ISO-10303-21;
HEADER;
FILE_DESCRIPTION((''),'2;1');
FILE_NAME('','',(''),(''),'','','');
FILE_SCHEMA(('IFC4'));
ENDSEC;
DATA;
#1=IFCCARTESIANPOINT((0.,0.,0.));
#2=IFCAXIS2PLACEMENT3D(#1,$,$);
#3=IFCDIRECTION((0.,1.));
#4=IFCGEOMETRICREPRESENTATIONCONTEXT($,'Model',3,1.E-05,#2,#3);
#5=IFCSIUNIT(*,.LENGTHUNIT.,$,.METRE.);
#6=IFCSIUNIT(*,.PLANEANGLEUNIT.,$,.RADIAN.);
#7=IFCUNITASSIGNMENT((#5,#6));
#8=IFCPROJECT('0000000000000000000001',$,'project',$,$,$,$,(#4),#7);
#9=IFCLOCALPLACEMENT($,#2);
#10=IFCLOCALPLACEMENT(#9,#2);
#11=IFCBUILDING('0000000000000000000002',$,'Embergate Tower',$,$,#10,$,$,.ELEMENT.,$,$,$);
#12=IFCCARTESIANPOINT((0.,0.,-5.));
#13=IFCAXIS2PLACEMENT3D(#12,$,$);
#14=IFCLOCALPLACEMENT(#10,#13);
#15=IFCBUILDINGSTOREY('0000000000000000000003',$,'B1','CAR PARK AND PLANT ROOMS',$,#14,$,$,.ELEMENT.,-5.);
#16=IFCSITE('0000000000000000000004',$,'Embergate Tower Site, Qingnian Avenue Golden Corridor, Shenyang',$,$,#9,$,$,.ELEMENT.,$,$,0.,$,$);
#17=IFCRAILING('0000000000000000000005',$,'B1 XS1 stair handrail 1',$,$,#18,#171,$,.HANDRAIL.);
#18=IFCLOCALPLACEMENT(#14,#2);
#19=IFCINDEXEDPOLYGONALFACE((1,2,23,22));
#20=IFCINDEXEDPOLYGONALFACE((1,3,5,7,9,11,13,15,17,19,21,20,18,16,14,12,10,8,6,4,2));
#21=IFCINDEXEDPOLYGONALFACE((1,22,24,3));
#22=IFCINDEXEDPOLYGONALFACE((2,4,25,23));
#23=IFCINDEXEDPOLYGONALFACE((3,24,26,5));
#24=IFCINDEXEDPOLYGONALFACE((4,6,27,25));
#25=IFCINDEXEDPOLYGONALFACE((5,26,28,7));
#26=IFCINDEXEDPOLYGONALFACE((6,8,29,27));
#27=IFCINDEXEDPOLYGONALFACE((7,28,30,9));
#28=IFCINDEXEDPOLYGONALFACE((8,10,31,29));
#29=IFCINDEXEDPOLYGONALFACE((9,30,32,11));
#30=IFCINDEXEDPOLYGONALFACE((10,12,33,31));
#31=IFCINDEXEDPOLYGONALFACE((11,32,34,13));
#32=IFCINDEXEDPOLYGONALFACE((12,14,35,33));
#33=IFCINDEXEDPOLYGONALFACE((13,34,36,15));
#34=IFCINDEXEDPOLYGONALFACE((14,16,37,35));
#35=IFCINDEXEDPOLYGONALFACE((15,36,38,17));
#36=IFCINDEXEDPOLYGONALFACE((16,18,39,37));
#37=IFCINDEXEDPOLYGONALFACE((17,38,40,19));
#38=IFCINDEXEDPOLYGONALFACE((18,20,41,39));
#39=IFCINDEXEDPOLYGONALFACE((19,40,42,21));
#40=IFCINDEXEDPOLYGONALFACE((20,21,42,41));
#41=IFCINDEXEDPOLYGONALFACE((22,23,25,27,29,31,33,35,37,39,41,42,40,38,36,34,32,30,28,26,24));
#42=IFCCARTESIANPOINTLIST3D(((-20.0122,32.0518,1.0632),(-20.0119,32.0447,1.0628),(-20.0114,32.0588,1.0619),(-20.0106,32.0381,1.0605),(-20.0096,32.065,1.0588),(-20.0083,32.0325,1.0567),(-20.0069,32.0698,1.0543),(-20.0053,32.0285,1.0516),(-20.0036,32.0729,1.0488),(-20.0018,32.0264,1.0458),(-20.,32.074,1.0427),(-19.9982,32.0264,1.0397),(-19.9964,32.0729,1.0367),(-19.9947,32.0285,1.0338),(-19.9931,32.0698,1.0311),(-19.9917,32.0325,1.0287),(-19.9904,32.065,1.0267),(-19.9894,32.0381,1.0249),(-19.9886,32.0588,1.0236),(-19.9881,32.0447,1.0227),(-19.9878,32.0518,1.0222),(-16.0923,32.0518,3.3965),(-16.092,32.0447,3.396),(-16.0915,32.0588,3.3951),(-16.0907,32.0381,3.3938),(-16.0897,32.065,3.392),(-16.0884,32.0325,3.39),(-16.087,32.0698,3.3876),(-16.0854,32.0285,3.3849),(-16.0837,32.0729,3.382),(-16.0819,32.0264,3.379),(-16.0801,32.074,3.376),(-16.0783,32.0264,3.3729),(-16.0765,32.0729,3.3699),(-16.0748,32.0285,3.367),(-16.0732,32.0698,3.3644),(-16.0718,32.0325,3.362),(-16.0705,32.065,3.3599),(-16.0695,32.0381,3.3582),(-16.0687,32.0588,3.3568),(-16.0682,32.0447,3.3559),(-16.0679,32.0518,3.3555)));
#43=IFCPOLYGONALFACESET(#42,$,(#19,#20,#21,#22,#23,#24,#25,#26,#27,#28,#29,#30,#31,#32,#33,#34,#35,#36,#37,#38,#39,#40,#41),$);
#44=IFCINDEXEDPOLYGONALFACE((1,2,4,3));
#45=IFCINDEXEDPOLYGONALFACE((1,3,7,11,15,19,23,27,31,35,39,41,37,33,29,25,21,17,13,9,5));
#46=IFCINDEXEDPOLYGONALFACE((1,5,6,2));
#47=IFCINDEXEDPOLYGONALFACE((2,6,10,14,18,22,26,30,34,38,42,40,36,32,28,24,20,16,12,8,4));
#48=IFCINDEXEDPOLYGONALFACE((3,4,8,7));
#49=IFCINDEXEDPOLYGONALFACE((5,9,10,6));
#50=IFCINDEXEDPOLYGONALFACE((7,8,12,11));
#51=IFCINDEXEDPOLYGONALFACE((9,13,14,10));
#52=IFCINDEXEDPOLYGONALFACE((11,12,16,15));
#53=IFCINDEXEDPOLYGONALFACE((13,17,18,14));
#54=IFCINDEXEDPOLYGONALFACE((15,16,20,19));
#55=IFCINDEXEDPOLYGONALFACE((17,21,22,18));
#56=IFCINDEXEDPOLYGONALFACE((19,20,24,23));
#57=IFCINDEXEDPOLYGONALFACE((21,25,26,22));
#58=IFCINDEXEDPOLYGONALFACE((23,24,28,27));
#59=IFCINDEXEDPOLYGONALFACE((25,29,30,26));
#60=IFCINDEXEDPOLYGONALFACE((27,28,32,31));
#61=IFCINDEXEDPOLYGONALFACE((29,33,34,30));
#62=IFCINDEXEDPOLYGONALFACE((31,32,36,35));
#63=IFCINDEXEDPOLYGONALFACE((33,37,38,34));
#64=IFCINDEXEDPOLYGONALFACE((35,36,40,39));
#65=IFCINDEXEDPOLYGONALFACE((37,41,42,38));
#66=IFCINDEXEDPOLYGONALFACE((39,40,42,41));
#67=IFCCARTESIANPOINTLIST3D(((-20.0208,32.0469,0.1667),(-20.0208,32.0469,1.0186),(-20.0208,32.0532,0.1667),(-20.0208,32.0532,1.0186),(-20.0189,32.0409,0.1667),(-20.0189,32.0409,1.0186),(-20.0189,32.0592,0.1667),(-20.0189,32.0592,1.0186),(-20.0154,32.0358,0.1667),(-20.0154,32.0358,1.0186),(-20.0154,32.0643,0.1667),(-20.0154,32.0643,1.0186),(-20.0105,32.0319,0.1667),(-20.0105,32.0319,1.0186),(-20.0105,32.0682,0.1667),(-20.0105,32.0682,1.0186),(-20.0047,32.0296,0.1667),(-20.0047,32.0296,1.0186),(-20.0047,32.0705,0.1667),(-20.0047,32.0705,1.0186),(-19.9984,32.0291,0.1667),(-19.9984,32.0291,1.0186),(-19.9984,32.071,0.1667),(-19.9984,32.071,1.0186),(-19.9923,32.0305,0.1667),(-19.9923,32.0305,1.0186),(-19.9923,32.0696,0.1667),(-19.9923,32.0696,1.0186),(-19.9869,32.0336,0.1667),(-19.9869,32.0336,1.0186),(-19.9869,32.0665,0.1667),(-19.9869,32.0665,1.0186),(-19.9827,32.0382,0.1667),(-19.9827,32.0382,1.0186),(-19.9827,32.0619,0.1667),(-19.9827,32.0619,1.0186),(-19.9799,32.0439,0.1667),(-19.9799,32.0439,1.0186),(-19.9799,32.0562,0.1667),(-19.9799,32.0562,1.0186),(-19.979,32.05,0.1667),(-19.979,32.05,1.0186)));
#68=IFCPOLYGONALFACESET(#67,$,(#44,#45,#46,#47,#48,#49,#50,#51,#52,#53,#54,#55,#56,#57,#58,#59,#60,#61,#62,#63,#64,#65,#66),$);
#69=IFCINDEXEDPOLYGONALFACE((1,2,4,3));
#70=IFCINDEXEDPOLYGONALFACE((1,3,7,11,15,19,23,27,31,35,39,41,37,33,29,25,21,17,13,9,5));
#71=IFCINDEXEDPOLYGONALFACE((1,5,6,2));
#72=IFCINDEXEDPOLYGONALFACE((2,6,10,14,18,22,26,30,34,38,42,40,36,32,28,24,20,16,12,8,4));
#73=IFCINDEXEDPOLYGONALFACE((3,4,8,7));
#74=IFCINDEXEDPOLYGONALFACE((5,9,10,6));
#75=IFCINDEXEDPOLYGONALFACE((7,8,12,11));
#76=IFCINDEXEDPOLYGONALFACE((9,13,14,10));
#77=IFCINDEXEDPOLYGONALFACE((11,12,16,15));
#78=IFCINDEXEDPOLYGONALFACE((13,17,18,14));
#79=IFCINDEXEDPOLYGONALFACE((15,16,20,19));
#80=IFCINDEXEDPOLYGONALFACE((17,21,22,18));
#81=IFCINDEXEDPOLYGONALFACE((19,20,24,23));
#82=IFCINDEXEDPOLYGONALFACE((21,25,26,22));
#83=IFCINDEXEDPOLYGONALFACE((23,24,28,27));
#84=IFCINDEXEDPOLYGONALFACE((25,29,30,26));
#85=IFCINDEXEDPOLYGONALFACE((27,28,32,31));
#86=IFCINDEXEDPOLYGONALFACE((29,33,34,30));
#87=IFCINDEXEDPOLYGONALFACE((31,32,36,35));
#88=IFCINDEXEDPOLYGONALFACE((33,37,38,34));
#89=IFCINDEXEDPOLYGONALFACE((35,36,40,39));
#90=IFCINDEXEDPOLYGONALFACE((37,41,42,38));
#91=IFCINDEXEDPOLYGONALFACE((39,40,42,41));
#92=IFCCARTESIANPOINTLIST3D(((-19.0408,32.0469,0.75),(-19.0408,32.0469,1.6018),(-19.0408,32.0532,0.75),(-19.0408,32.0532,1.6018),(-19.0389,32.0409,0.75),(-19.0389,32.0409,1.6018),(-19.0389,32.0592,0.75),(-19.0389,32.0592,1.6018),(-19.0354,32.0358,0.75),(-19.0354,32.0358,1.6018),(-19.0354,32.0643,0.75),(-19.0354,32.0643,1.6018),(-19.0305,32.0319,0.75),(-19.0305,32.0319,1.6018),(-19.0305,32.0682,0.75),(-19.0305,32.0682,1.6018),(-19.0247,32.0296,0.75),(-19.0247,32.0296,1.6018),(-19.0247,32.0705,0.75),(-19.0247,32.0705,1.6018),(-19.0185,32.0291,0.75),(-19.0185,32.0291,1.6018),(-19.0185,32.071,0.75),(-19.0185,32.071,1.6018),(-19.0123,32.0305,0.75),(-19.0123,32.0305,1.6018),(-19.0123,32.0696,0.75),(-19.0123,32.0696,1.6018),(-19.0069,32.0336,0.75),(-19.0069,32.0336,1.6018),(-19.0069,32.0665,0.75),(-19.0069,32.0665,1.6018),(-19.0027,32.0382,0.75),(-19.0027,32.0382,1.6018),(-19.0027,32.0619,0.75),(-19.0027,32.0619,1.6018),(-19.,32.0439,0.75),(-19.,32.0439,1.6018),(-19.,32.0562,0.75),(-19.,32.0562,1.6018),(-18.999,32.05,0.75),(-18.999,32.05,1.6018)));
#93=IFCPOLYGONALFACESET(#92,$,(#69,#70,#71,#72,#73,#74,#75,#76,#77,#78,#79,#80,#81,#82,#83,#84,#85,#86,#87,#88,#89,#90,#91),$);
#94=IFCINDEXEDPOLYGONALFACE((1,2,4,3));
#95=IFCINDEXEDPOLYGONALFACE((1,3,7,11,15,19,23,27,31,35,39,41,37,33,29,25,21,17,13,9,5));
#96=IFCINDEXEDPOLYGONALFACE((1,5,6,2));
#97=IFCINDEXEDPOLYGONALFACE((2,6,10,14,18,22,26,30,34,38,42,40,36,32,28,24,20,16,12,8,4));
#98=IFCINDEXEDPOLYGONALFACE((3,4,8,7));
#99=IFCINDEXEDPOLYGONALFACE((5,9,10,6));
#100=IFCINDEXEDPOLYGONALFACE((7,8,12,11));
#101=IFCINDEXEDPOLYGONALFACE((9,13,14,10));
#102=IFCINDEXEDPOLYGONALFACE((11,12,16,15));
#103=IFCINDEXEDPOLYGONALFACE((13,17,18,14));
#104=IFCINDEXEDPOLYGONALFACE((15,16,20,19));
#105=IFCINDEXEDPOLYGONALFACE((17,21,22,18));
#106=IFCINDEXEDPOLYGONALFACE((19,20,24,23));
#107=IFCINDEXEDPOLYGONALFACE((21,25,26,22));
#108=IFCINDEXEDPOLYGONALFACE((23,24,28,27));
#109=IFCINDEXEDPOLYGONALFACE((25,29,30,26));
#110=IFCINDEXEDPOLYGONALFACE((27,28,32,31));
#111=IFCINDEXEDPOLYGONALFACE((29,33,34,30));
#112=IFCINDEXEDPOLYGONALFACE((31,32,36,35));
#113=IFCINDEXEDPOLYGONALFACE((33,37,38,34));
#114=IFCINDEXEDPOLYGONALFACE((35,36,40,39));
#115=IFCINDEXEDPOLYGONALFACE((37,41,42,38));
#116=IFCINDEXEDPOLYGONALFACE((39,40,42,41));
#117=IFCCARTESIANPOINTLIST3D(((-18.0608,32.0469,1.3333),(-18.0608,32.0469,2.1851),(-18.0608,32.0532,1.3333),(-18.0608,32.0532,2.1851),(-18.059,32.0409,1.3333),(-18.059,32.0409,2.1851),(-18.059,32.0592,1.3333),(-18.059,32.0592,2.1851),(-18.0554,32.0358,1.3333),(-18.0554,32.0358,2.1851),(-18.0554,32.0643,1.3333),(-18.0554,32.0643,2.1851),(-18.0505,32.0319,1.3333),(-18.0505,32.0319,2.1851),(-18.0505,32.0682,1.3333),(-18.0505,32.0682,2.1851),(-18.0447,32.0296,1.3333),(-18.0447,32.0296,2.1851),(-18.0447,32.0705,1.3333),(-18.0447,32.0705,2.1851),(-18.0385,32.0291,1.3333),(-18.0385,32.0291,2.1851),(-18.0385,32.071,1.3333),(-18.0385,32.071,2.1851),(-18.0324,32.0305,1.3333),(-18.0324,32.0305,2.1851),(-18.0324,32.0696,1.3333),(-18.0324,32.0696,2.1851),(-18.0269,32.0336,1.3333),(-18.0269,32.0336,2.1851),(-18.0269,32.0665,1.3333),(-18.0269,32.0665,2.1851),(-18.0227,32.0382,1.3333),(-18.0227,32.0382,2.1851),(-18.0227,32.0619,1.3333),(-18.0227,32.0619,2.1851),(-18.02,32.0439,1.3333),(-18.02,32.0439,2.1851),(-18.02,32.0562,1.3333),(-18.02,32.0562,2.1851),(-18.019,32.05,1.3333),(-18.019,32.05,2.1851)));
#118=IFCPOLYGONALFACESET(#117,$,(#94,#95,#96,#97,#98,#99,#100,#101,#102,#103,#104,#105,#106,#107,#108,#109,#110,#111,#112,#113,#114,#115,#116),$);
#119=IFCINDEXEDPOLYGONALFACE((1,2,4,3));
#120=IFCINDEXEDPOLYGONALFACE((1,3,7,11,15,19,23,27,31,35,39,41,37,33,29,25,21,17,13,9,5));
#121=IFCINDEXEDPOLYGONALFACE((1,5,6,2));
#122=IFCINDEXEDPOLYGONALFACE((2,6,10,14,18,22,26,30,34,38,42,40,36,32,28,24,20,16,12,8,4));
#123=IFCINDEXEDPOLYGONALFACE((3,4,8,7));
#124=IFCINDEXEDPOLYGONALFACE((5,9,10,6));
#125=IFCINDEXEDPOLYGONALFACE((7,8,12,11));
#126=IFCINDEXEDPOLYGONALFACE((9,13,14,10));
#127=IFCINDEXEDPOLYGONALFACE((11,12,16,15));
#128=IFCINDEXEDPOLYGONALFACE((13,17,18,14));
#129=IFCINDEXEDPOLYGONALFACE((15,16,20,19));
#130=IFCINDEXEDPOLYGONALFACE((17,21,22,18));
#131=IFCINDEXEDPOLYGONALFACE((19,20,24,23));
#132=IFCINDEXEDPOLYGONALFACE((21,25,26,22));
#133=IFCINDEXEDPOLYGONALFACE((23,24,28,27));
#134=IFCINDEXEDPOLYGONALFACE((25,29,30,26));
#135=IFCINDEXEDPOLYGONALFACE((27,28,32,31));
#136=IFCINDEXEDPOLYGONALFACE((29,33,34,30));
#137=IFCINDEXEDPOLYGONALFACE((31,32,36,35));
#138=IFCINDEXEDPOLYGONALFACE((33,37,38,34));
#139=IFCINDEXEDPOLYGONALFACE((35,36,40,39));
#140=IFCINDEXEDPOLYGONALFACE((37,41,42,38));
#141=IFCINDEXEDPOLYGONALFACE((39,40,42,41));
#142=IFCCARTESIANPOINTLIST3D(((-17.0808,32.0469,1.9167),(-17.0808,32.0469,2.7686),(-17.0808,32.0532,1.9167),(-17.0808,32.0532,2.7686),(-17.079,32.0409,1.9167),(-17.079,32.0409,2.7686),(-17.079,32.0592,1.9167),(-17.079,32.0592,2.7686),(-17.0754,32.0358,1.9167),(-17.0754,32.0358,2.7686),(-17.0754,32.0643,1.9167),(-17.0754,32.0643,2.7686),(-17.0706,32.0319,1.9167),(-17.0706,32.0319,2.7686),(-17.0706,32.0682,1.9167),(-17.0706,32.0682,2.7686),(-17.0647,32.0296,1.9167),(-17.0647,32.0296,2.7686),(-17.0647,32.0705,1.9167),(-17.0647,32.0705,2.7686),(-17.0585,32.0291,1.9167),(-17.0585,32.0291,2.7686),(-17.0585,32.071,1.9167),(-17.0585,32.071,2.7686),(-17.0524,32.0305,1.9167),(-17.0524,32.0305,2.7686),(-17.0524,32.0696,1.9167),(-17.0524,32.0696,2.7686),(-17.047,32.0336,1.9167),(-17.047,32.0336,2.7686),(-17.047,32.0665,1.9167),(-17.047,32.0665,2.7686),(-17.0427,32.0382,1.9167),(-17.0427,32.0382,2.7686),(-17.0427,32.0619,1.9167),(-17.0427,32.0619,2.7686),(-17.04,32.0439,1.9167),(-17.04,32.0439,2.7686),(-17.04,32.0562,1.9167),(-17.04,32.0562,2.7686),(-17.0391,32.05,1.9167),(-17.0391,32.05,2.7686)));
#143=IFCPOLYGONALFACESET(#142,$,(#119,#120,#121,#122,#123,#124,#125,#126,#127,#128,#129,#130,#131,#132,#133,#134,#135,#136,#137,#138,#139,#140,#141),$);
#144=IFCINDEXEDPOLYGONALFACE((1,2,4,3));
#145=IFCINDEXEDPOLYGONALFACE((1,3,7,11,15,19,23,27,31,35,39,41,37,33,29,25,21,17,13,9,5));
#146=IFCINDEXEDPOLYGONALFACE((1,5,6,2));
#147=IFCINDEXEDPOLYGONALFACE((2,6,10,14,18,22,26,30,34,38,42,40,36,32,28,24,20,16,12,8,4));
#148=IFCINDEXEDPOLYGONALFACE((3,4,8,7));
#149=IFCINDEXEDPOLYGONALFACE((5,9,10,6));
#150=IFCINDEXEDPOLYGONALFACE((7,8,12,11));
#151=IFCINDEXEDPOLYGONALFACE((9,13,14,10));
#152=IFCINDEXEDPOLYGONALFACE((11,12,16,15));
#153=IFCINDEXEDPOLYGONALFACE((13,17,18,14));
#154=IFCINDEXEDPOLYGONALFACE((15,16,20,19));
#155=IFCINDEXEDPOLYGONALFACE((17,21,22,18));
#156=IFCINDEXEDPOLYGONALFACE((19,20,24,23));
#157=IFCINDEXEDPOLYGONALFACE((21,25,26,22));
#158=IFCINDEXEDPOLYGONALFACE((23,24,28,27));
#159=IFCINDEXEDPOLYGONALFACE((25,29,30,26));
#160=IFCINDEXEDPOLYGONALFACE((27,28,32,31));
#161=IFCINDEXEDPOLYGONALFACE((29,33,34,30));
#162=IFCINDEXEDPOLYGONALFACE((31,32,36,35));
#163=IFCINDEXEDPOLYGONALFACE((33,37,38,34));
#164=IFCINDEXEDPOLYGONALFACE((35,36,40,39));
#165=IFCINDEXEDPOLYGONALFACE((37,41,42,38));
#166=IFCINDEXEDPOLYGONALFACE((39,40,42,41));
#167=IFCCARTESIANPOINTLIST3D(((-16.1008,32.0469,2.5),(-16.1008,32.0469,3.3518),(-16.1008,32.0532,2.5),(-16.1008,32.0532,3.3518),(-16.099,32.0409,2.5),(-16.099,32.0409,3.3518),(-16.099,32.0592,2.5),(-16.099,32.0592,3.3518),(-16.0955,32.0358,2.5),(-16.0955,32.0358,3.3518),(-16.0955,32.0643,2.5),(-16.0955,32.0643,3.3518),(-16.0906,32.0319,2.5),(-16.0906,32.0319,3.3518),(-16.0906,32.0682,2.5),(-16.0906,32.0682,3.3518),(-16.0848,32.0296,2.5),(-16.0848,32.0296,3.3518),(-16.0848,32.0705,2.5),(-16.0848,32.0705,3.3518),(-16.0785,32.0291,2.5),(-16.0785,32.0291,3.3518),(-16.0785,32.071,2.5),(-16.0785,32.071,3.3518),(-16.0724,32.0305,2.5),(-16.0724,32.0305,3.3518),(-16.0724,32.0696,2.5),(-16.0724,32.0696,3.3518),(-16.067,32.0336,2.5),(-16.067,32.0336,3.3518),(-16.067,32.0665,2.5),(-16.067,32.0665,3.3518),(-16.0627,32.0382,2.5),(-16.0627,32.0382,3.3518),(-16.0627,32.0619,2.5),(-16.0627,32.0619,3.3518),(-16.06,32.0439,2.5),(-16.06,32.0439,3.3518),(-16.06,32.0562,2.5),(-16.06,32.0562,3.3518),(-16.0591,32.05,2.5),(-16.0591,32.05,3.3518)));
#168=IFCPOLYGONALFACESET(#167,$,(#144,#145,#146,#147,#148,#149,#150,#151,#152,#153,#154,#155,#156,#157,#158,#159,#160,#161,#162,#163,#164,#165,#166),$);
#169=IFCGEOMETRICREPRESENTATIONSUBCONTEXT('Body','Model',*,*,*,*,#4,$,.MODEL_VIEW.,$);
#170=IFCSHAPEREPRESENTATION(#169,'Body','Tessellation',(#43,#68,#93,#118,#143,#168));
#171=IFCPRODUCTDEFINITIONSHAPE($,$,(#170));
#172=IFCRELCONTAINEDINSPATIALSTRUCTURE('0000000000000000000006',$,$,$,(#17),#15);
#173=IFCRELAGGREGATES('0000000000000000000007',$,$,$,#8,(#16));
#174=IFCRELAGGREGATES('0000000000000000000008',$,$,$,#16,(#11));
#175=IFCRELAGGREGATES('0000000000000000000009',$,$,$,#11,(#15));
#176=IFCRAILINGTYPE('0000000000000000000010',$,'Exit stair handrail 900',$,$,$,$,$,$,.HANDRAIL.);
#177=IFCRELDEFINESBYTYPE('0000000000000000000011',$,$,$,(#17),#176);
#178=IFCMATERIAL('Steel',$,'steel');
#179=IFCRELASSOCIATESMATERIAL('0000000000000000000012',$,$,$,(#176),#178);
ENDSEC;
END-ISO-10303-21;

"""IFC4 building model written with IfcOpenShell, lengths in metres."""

from ifc_helpers import new_model, si_unit, direction, frame, origin, origin_2d, place, context, subcontext, project, spatial, circle, extrude, source, transform, mapped, material, type_object, element, save


model = new_model("IFC4")

# Units and contexts
model_context = context("Model", 3, precision=1e-05, world=origin(), true_north=direction((0.0, 1.0)))
body_context = subcontext(model_context, "Body", "Model", "MODEL_VIEW")
ifc_project = project(units=[si_unit("LENGTHUNIT", "METRE"), si_unit("PLANEANGLEUNIT", "RADIAN")], contexts=[model_context])

# Site, building, storey
site_placement = place(None, origin())
site = spatial("IfcSite", under=ifc_project, at=site_placement, Name="Embergate Tower Site, Qingnian Avenue Golden Corridor, Shenyang", CompositionType="ELEMENT", RefElevation=0.0)
building_placement = place(site_placement, origin())
building = spatial("IfcBuilding", under=site, at=building_placement, Name="Embergate Tower", CompositionType="ELEMENT")
storey_placement = place(building_placement, frame((0.0, 0.0, -5.0)))
storey = spatial("IfcBuildingStorey", under=building, at=storey_placement, Name="B1", Description="CAR PARK AND PLANT ROOMS", CompositionType="ELEMENT", Elevation=-5.0)

# Railing
ifc_material_1 = material(Name="Steel", Category="steel")
railing_type_1 = type_object("IfcRailingType", Name="Exit stair handrail 900", PredefinedType="HANDRAIL", material=ifc_material_1)
shared_shape_1 = source(origin(), body_context, "Body", "SweptSolid", [
    extrude(circle(Radius=0.0239, at=origin_2d()), frame((0.0, 0.0, 0.876), z_axis=(0.859296, 0.0, 0.511478), x_axis=(0.0, 1.0, 0.0)), (0.0, 0.0, 1.0), 4.5618),
    extrude(circle(Radius=0.021, at=origin_2d()), origin(), (0.0, 0.0, 1.0), 0.8518),
    extrude(circle(Radius=0.021, at=origin_2d()), frame((0.98, 0.0, 0.5833)), (0.0, 0.0, 1.0), 0.8518),
    extrude(circle(Radius=0.021, at=origin_2d()), frame((1.96, 0.0, 1.1665)), (0.0, 0.0, 1.0), 0.8518),
    extrude(circle(Radius=0.021, at=origin_2d()), frame((2.9399, 0.0, 1.75)), (0.0, 0.0, 1.0), 0.8518),
    extrude(circle(Radius=0.021, at=origin_2d()), frame((3.9199, 0.0, 2.3333)), (0.0, 0.0, 1.0), 0.8518),
])
railing_1_placement = place(storey_placement, frame((-20.0, 32.05, 0.1667)))
element("IfcRailing", 1, at=railing_1_placement, inside=storey, type_object=railing_type_1, Name="B1 XS1 stair handrail 1", PredefinedType="HANDRAIL", context=body_context, shape_type="MappedRepresentation", body=[
    mapped(shared_shape_1, transform((0.0, 0.0, 0.0))),
])

save(model, "model.ifc")
